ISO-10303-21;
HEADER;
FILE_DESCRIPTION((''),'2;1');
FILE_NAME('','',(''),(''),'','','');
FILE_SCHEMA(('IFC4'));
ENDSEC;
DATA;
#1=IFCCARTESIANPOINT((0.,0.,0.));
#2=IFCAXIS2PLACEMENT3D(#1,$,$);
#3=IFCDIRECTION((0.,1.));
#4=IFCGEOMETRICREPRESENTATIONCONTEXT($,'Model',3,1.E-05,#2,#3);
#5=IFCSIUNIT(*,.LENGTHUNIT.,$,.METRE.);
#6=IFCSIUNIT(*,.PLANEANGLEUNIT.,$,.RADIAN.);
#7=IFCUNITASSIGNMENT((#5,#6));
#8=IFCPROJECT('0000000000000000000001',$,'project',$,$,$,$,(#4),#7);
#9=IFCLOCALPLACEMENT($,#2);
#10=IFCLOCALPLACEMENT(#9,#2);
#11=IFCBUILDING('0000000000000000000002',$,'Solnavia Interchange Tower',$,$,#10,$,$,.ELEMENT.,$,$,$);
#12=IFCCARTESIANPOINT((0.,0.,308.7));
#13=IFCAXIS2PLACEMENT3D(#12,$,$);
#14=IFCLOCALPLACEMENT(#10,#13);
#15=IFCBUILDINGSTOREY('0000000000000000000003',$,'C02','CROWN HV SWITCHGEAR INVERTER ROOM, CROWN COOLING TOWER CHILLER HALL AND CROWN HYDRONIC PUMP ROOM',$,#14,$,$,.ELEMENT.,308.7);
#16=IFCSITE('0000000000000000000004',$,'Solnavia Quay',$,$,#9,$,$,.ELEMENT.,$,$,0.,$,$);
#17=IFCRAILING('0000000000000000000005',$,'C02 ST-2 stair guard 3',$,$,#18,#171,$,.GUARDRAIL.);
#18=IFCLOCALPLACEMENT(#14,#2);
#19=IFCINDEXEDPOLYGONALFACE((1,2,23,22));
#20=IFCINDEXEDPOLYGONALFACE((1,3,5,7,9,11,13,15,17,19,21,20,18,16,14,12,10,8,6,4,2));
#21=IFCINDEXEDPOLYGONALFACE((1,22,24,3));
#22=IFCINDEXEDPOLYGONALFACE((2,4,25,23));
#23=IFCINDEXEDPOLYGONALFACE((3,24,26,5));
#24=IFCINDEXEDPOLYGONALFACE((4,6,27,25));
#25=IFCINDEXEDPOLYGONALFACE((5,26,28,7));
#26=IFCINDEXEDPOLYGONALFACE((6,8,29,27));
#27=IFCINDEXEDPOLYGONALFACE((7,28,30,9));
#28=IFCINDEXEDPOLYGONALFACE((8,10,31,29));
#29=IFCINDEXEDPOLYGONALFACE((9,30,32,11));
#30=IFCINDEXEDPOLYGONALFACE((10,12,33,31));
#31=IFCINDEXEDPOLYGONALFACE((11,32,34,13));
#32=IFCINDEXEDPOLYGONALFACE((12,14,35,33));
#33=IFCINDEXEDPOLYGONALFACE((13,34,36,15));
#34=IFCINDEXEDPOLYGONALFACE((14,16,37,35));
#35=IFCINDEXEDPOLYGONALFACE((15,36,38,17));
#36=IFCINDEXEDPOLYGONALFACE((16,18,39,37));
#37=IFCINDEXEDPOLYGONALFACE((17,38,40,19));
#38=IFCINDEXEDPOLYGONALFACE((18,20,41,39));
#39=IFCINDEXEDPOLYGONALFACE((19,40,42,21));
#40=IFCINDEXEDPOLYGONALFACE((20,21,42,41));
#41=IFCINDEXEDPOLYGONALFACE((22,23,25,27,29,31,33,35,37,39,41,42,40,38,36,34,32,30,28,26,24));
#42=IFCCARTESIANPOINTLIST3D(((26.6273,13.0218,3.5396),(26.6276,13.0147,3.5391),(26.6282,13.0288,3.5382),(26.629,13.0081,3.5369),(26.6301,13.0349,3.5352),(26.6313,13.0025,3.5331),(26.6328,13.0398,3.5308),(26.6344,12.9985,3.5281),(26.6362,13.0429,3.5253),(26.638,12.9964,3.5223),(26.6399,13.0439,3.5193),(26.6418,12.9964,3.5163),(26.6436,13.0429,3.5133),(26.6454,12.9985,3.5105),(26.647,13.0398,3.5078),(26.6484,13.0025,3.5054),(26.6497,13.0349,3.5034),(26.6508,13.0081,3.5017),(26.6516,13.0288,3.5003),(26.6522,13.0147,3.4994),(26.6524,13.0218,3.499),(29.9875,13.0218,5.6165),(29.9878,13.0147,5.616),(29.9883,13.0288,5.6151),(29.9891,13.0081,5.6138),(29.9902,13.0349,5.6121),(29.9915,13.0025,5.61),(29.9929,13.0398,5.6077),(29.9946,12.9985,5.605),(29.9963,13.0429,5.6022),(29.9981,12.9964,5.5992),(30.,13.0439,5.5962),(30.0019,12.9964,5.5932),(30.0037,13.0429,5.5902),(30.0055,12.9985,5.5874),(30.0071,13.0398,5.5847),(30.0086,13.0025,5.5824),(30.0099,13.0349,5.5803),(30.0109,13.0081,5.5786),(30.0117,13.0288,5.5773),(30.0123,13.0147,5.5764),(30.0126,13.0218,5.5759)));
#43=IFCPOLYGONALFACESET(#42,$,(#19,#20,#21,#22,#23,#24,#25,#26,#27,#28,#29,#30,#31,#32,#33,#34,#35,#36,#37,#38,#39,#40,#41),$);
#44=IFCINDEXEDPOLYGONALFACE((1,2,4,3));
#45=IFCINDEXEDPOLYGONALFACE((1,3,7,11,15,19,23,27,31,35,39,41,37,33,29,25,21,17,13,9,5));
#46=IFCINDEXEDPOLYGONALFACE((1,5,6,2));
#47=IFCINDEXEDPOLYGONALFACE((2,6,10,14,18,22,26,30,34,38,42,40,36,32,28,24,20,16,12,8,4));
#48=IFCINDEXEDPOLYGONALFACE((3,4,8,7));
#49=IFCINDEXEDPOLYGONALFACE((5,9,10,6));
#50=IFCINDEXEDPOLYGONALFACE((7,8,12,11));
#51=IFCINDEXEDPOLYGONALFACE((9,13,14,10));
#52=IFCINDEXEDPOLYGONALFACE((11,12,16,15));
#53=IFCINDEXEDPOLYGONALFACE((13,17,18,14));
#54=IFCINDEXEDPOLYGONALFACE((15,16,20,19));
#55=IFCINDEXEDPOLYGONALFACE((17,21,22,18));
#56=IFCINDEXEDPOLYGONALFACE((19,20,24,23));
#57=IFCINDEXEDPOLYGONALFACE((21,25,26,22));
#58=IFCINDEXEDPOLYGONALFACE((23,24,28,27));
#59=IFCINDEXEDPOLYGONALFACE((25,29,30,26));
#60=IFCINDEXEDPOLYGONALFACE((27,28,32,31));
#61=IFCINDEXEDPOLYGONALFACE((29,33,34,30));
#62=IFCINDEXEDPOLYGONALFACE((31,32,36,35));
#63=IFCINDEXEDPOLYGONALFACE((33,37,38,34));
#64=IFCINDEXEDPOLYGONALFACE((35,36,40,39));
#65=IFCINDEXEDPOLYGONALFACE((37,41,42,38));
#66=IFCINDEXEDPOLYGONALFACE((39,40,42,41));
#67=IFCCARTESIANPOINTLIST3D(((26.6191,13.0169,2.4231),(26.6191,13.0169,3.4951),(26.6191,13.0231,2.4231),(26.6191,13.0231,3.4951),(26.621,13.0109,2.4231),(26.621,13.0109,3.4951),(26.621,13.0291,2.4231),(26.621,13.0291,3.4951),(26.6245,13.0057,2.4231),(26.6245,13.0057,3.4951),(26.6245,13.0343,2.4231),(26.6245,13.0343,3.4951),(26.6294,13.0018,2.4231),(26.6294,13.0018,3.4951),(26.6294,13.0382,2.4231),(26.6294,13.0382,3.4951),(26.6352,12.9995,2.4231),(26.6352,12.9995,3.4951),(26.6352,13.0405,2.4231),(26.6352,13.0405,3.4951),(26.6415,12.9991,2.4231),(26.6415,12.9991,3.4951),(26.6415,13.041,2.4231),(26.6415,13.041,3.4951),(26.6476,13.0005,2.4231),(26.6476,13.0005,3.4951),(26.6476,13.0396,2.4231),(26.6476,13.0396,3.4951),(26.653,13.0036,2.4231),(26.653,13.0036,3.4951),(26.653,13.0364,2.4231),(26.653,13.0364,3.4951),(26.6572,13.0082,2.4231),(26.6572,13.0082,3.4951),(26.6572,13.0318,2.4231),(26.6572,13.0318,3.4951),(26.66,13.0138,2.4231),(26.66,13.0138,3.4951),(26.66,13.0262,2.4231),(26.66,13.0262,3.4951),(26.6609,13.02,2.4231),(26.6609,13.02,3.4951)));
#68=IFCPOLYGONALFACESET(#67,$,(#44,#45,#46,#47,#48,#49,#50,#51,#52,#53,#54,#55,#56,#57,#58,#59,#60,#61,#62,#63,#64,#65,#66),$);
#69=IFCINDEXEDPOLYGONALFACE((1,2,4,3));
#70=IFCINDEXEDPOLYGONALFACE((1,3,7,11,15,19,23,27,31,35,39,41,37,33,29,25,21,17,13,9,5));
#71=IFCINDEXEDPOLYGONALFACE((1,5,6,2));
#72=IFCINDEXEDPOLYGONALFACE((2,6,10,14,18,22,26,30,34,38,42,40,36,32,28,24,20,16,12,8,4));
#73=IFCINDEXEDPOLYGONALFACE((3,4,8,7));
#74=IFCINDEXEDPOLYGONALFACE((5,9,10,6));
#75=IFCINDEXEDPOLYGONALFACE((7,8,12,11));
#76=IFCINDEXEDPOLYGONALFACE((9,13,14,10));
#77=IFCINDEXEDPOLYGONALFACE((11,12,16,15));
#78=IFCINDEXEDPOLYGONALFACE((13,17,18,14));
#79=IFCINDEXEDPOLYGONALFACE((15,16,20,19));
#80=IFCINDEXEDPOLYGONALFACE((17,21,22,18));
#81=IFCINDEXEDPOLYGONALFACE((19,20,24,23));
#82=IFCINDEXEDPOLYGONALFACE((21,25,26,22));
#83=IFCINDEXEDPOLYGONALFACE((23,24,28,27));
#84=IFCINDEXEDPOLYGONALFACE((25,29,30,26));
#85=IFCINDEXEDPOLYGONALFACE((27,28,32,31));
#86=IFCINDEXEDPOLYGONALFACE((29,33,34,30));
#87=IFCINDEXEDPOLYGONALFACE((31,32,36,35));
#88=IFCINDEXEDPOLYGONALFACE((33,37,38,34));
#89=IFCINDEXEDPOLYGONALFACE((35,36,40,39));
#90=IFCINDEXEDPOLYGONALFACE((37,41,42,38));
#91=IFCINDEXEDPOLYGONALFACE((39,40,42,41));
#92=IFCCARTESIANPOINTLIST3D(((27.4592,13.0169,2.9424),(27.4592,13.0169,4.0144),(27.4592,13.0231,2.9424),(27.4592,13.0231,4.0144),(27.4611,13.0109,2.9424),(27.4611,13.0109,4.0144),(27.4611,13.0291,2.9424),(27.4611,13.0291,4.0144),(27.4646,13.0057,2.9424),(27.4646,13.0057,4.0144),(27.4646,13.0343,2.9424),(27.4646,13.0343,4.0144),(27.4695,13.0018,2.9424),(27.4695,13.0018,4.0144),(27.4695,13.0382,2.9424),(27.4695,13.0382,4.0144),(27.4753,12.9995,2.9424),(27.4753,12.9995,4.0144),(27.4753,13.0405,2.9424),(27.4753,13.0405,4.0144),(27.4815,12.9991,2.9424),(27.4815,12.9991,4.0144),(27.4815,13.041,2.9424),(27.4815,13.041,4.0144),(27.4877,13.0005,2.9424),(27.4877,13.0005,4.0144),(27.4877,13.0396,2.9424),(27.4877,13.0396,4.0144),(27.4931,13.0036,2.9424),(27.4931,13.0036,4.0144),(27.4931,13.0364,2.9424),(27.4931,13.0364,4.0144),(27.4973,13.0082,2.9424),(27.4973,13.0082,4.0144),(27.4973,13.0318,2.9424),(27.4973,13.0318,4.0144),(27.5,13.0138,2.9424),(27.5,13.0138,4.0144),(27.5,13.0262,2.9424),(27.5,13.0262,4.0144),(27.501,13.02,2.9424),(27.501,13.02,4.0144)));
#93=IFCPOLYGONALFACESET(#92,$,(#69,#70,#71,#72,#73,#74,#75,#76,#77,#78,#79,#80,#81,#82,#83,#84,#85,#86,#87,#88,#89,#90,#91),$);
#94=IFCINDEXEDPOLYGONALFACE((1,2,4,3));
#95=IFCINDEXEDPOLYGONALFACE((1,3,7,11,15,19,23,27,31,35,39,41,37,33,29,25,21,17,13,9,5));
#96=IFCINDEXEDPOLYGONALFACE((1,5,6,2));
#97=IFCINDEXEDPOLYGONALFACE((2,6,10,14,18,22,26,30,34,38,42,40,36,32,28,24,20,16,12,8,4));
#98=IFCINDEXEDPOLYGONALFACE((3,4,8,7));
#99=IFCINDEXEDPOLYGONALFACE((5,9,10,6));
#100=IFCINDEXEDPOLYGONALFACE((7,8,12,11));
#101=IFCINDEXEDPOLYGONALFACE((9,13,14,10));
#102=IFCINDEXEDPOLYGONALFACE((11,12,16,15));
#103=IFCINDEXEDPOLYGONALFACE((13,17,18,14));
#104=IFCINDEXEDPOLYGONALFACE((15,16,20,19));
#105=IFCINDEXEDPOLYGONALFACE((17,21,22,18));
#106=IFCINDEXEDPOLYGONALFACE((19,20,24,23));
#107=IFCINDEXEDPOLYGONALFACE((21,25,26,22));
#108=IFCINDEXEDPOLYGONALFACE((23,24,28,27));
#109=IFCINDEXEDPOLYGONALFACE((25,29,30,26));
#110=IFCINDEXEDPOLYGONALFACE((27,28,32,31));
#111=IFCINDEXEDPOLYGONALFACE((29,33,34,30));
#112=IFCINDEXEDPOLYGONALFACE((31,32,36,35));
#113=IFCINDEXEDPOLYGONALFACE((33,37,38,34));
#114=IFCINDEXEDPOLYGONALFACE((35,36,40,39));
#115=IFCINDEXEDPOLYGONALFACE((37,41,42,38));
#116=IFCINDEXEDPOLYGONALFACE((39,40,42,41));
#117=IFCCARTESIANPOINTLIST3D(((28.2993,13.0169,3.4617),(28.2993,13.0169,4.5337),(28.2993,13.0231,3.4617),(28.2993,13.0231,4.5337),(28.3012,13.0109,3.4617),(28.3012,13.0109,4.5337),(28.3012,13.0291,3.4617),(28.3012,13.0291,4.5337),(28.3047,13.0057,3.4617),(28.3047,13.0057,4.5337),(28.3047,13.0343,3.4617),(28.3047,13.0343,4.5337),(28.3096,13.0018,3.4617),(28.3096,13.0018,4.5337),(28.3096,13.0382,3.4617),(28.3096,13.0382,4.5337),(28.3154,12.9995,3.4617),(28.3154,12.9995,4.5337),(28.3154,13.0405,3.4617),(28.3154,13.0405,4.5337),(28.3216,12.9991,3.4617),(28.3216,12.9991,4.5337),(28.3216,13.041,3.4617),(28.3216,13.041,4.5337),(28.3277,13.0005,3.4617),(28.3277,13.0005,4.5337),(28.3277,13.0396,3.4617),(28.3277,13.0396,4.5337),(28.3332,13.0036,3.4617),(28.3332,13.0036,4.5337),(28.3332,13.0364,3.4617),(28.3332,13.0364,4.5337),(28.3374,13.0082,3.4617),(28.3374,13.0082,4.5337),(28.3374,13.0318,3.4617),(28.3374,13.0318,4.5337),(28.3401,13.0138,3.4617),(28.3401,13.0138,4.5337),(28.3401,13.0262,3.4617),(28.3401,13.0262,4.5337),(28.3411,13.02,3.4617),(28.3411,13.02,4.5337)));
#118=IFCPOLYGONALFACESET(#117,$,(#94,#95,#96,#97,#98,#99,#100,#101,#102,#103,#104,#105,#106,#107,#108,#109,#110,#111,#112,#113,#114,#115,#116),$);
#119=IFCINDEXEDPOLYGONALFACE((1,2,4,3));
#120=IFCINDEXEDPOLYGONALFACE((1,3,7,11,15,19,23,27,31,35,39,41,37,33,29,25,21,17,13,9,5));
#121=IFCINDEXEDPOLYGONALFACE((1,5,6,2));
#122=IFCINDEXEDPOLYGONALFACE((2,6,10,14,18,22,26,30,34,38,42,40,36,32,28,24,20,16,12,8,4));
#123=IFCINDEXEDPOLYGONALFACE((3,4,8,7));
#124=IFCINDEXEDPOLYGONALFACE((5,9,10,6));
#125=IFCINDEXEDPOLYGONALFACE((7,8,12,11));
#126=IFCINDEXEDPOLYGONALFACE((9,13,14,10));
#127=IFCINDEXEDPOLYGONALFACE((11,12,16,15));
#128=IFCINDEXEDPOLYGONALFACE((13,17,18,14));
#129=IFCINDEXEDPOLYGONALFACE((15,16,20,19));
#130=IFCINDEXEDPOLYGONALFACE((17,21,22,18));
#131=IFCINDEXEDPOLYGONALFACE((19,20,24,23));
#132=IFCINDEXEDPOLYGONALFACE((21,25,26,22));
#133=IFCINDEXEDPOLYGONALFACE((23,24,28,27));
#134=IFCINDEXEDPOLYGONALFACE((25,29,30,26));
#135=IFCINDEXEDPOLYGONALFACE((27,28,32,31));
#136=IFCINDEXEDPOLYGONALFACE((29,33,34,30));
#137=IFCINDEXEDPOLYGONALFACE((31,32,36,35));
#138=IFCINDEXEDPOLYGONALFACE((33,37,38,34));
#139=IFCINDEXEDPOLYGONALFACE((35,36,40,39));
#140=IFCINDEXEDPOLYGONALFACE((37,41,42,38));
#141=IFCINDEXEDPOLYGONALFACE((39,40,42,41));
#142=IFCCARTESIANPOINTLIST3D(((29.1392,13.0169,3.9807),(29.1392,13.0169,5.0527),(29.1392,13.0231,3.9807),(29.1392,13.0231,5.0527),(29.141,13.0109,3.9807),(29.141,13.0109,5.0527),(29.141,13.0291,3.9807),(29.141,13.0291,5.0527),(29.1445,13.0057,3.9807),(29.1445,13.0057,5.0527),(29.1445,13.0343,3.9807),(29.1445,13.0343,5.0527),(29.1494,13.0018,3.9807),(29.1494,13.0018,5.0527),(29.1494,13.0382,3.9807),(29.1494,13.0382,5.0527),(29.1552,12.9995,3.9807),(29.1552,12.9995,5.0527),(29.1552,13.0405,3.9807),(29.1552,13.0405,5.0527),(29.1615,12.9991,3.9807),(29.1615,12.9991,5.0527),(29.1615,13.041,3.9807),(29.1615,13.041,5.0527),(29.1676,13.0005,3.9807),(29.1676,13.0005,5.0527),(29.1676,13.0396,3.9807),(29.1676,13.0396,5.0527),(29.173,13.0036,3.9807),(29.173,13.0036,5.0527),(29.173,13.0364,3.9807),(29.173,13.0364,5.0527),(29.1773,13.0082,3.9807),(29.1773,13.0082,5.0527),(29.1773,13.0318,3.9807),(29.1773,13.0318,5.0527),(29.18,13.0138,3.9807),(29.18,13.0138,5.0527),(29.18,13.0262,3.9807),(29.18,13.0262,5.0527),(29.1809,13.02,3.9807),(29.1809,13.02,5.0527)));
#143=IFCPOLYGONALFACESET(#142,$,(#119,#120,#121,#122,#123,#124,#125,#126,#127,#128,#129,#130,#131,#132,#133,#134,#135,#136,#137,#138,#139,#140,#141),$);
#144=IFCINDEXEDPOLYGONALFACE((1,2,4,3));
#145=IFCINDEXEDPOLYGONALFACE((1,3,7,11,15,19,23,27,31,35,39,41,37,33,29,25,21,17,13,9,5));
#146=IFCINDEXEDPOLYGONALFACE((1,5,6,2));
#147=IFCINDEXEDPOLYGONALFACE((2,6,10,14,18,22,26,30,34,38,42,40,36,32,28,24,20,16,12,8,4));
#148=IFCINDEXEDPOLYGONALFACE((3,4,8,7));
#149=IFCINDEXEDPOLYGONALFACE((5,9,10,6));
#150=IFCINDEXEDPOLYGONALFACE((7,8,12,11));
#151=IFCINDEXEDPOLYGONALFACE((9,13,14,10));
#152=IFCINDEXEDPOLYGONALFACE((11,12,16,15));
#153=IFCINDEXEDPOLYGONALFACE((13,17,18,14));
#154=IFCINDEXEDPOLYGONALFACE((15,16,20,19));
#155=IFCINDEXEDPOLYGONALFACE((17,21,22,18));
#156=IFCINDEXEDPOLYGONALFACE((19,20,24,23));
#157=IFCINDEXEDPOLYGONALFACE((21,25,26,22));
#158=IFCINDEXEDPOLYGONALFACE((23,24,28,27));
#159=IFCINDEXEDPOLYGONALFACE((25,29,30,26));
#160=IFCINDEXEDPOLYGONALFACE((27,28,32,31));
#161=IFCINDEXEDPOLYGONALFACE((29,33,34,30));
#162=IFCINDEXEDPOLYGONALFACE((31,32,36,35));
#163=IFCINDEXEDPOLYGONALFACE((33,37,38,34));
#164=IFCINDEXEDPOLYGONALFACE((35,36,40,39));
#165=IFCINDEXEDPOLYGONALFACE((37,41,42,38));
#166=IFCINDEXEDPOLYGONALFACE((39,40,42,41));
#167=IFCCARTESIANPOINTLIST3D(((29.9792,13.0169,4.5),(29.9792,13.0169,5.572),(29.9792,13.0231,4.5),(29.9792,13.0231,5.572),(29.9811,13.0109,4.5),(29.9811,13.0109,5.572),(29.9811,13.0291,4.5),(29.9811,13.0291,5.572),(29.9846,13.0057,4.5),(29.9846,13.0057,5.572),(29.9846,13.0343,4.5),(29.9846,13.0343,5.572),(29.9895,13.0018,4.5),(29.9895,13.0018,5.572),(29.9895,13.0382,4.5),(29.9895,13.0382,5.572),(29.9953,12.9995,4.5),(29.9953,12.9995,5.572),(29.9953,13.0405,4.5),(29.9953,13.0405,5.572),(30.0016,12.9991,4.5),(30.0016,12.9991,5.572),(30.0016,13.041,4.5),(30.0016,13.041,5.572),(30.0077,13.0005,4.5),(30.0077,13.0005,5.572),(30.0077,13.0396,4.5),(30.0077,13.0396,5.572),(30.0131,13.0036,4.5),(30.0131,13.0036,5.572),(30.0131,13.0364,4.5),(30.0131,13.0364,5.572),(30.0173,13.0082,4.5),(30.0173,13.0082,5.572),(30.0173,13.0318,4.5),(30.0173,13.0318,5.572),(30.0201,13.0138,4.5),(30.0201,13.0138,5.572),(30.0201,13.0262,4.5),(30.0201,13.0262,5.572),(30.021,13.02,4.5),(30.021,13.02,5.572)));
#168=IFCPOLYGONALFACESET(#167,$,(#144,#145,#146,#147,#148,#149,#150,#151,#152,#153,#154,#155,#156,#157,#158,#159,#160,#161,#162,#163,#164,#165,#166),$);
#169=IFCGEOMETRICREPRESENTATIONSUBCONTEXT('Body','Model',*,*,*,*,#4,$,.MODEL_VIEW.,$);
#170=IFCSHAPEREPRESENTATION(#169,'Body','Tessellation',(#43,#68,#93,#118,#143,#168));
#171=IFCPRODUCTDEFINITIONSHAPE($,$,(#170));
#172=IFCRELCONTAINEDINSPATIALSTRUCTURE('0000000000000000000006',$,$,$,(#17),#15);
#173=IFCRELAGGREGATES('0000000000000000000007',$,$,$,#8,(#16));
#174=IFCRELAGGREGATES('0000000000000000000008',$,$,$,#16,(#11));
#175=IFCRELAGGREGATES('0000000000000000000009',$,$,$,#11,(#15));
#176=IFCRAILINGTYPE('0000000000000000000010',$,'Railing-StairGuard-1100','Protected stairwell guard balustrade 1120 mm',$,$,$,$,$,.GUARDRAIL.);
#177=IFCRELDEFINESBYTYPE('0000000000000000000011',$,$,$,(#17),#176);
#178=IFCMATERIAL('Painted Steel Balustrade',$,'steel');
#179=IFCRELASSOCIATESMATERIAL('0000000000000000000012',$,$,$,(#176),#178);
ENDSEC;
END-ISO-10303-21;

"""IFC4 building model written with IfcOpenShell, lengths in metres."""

from ifc_helpers import new_model, si_unit, direction, frame, origin, origin_2d, place, context, subcontext, project, spatial, circle, extrude, material, type_object, element, save


model = new_model("IFC4")

# Units and contexts
model_context = context("Model", 3, precision=1e-05, world=origin(), true_north=direction((0.0, 1.0)))
body_context = subcontext(model_context, "Body", "Model", "MODEL_VIEW")
ifc_project = project(units=[si_unit("LENGTHUNIT", "METRE"), si_unit("PLANEANGLEUNIT", "RADIAN")], contexts=[model_context])

# Site, building, storey
site_placement = place(None, origin())
site = spatial("IfcSite", under=ifc_project, at=site_placement, Name="Solnavia Quay", CompositionType="ELEMENT", RefElevation=0.0)
building_placement = place(site_placement, origin())
building = spatial("IfcBuilding", under=site, at=building_placement, Name="Solnavia Interchange Tower", CompositionType="ELEMENT")
storey_placement = place(building_placement, frame((0.0, 0.0, 308.7)))
storey = spatial("IfcBuildingStorey", under=building, at=storey_placement, Name="C02", Description="CROWN HV SWITCHGEAR INVERTER ROOM, CROWN COOLING TOWER CHILLER HALL AND CROWN HYDRONIC PUMP ROOM", CompositionType="ELEMENT", Elevation=308.7)

# Railing
ifc_material_1 = material(Name="Painted Steel Balustrade", Category="steel")
railing_type_1 = type_object("IfcRailingType", Name="Railing-StairGuard-1100", Description="Protected stairwell guard balustrade 1120 mm", PredefinedType="GUARDRAIL", material=ifc_material_1)
railing_1_placement = place(storey_placement, frame((26.6399, 13.02, 2.4231)))
element("IfcRailing", 1, at=railing_1_placement, inside=storey, type_object=railing_type_1, Name="C02 ST-2 stair guard 3", PredefinedType="GUARDRAIL", context=body_context, shape_type="SweptSolid", body=[
    extrude(circle(Radius=0.0239, at=origin_2d()), frame((0.0, 0.0, 1.0962), z_axis=(0.850623, 0.0, 0.525776), x_axis=(0.0, 1.0, 0.0)), (0.0, 0.0, 1.0), 3.9502),
    extrude(circle(Radius=0.021, at=origin_2d()), origin(), (0.0, 0.0, 1.0), 1.072),
    extrude(circle(Radius=0.021, at=origin_2d()), frame((0.8401, 0.0, 0.5193)), (0.0, 0.0, 1.0), 1.072),
    extrude(circle(Radius=0.021, at=origin_2d()), frame((1.6802, 0.0, 1.0386)), (0.0, 0.0, 1.0), 1.072),
    extrude(circle(Radius=0.021, at=origin_2d()), frame((2.52, 0.0, 1.5576)), (0.0, 0.0, 1.0), 1.072),
    extrude(circle(Radius=0.021, at=origin_2d()), frame((3.3601, 0.0, 2.0769)), (0.0, 0.0, 1.0), 1.072),
])

save(model, "model.ifc")
